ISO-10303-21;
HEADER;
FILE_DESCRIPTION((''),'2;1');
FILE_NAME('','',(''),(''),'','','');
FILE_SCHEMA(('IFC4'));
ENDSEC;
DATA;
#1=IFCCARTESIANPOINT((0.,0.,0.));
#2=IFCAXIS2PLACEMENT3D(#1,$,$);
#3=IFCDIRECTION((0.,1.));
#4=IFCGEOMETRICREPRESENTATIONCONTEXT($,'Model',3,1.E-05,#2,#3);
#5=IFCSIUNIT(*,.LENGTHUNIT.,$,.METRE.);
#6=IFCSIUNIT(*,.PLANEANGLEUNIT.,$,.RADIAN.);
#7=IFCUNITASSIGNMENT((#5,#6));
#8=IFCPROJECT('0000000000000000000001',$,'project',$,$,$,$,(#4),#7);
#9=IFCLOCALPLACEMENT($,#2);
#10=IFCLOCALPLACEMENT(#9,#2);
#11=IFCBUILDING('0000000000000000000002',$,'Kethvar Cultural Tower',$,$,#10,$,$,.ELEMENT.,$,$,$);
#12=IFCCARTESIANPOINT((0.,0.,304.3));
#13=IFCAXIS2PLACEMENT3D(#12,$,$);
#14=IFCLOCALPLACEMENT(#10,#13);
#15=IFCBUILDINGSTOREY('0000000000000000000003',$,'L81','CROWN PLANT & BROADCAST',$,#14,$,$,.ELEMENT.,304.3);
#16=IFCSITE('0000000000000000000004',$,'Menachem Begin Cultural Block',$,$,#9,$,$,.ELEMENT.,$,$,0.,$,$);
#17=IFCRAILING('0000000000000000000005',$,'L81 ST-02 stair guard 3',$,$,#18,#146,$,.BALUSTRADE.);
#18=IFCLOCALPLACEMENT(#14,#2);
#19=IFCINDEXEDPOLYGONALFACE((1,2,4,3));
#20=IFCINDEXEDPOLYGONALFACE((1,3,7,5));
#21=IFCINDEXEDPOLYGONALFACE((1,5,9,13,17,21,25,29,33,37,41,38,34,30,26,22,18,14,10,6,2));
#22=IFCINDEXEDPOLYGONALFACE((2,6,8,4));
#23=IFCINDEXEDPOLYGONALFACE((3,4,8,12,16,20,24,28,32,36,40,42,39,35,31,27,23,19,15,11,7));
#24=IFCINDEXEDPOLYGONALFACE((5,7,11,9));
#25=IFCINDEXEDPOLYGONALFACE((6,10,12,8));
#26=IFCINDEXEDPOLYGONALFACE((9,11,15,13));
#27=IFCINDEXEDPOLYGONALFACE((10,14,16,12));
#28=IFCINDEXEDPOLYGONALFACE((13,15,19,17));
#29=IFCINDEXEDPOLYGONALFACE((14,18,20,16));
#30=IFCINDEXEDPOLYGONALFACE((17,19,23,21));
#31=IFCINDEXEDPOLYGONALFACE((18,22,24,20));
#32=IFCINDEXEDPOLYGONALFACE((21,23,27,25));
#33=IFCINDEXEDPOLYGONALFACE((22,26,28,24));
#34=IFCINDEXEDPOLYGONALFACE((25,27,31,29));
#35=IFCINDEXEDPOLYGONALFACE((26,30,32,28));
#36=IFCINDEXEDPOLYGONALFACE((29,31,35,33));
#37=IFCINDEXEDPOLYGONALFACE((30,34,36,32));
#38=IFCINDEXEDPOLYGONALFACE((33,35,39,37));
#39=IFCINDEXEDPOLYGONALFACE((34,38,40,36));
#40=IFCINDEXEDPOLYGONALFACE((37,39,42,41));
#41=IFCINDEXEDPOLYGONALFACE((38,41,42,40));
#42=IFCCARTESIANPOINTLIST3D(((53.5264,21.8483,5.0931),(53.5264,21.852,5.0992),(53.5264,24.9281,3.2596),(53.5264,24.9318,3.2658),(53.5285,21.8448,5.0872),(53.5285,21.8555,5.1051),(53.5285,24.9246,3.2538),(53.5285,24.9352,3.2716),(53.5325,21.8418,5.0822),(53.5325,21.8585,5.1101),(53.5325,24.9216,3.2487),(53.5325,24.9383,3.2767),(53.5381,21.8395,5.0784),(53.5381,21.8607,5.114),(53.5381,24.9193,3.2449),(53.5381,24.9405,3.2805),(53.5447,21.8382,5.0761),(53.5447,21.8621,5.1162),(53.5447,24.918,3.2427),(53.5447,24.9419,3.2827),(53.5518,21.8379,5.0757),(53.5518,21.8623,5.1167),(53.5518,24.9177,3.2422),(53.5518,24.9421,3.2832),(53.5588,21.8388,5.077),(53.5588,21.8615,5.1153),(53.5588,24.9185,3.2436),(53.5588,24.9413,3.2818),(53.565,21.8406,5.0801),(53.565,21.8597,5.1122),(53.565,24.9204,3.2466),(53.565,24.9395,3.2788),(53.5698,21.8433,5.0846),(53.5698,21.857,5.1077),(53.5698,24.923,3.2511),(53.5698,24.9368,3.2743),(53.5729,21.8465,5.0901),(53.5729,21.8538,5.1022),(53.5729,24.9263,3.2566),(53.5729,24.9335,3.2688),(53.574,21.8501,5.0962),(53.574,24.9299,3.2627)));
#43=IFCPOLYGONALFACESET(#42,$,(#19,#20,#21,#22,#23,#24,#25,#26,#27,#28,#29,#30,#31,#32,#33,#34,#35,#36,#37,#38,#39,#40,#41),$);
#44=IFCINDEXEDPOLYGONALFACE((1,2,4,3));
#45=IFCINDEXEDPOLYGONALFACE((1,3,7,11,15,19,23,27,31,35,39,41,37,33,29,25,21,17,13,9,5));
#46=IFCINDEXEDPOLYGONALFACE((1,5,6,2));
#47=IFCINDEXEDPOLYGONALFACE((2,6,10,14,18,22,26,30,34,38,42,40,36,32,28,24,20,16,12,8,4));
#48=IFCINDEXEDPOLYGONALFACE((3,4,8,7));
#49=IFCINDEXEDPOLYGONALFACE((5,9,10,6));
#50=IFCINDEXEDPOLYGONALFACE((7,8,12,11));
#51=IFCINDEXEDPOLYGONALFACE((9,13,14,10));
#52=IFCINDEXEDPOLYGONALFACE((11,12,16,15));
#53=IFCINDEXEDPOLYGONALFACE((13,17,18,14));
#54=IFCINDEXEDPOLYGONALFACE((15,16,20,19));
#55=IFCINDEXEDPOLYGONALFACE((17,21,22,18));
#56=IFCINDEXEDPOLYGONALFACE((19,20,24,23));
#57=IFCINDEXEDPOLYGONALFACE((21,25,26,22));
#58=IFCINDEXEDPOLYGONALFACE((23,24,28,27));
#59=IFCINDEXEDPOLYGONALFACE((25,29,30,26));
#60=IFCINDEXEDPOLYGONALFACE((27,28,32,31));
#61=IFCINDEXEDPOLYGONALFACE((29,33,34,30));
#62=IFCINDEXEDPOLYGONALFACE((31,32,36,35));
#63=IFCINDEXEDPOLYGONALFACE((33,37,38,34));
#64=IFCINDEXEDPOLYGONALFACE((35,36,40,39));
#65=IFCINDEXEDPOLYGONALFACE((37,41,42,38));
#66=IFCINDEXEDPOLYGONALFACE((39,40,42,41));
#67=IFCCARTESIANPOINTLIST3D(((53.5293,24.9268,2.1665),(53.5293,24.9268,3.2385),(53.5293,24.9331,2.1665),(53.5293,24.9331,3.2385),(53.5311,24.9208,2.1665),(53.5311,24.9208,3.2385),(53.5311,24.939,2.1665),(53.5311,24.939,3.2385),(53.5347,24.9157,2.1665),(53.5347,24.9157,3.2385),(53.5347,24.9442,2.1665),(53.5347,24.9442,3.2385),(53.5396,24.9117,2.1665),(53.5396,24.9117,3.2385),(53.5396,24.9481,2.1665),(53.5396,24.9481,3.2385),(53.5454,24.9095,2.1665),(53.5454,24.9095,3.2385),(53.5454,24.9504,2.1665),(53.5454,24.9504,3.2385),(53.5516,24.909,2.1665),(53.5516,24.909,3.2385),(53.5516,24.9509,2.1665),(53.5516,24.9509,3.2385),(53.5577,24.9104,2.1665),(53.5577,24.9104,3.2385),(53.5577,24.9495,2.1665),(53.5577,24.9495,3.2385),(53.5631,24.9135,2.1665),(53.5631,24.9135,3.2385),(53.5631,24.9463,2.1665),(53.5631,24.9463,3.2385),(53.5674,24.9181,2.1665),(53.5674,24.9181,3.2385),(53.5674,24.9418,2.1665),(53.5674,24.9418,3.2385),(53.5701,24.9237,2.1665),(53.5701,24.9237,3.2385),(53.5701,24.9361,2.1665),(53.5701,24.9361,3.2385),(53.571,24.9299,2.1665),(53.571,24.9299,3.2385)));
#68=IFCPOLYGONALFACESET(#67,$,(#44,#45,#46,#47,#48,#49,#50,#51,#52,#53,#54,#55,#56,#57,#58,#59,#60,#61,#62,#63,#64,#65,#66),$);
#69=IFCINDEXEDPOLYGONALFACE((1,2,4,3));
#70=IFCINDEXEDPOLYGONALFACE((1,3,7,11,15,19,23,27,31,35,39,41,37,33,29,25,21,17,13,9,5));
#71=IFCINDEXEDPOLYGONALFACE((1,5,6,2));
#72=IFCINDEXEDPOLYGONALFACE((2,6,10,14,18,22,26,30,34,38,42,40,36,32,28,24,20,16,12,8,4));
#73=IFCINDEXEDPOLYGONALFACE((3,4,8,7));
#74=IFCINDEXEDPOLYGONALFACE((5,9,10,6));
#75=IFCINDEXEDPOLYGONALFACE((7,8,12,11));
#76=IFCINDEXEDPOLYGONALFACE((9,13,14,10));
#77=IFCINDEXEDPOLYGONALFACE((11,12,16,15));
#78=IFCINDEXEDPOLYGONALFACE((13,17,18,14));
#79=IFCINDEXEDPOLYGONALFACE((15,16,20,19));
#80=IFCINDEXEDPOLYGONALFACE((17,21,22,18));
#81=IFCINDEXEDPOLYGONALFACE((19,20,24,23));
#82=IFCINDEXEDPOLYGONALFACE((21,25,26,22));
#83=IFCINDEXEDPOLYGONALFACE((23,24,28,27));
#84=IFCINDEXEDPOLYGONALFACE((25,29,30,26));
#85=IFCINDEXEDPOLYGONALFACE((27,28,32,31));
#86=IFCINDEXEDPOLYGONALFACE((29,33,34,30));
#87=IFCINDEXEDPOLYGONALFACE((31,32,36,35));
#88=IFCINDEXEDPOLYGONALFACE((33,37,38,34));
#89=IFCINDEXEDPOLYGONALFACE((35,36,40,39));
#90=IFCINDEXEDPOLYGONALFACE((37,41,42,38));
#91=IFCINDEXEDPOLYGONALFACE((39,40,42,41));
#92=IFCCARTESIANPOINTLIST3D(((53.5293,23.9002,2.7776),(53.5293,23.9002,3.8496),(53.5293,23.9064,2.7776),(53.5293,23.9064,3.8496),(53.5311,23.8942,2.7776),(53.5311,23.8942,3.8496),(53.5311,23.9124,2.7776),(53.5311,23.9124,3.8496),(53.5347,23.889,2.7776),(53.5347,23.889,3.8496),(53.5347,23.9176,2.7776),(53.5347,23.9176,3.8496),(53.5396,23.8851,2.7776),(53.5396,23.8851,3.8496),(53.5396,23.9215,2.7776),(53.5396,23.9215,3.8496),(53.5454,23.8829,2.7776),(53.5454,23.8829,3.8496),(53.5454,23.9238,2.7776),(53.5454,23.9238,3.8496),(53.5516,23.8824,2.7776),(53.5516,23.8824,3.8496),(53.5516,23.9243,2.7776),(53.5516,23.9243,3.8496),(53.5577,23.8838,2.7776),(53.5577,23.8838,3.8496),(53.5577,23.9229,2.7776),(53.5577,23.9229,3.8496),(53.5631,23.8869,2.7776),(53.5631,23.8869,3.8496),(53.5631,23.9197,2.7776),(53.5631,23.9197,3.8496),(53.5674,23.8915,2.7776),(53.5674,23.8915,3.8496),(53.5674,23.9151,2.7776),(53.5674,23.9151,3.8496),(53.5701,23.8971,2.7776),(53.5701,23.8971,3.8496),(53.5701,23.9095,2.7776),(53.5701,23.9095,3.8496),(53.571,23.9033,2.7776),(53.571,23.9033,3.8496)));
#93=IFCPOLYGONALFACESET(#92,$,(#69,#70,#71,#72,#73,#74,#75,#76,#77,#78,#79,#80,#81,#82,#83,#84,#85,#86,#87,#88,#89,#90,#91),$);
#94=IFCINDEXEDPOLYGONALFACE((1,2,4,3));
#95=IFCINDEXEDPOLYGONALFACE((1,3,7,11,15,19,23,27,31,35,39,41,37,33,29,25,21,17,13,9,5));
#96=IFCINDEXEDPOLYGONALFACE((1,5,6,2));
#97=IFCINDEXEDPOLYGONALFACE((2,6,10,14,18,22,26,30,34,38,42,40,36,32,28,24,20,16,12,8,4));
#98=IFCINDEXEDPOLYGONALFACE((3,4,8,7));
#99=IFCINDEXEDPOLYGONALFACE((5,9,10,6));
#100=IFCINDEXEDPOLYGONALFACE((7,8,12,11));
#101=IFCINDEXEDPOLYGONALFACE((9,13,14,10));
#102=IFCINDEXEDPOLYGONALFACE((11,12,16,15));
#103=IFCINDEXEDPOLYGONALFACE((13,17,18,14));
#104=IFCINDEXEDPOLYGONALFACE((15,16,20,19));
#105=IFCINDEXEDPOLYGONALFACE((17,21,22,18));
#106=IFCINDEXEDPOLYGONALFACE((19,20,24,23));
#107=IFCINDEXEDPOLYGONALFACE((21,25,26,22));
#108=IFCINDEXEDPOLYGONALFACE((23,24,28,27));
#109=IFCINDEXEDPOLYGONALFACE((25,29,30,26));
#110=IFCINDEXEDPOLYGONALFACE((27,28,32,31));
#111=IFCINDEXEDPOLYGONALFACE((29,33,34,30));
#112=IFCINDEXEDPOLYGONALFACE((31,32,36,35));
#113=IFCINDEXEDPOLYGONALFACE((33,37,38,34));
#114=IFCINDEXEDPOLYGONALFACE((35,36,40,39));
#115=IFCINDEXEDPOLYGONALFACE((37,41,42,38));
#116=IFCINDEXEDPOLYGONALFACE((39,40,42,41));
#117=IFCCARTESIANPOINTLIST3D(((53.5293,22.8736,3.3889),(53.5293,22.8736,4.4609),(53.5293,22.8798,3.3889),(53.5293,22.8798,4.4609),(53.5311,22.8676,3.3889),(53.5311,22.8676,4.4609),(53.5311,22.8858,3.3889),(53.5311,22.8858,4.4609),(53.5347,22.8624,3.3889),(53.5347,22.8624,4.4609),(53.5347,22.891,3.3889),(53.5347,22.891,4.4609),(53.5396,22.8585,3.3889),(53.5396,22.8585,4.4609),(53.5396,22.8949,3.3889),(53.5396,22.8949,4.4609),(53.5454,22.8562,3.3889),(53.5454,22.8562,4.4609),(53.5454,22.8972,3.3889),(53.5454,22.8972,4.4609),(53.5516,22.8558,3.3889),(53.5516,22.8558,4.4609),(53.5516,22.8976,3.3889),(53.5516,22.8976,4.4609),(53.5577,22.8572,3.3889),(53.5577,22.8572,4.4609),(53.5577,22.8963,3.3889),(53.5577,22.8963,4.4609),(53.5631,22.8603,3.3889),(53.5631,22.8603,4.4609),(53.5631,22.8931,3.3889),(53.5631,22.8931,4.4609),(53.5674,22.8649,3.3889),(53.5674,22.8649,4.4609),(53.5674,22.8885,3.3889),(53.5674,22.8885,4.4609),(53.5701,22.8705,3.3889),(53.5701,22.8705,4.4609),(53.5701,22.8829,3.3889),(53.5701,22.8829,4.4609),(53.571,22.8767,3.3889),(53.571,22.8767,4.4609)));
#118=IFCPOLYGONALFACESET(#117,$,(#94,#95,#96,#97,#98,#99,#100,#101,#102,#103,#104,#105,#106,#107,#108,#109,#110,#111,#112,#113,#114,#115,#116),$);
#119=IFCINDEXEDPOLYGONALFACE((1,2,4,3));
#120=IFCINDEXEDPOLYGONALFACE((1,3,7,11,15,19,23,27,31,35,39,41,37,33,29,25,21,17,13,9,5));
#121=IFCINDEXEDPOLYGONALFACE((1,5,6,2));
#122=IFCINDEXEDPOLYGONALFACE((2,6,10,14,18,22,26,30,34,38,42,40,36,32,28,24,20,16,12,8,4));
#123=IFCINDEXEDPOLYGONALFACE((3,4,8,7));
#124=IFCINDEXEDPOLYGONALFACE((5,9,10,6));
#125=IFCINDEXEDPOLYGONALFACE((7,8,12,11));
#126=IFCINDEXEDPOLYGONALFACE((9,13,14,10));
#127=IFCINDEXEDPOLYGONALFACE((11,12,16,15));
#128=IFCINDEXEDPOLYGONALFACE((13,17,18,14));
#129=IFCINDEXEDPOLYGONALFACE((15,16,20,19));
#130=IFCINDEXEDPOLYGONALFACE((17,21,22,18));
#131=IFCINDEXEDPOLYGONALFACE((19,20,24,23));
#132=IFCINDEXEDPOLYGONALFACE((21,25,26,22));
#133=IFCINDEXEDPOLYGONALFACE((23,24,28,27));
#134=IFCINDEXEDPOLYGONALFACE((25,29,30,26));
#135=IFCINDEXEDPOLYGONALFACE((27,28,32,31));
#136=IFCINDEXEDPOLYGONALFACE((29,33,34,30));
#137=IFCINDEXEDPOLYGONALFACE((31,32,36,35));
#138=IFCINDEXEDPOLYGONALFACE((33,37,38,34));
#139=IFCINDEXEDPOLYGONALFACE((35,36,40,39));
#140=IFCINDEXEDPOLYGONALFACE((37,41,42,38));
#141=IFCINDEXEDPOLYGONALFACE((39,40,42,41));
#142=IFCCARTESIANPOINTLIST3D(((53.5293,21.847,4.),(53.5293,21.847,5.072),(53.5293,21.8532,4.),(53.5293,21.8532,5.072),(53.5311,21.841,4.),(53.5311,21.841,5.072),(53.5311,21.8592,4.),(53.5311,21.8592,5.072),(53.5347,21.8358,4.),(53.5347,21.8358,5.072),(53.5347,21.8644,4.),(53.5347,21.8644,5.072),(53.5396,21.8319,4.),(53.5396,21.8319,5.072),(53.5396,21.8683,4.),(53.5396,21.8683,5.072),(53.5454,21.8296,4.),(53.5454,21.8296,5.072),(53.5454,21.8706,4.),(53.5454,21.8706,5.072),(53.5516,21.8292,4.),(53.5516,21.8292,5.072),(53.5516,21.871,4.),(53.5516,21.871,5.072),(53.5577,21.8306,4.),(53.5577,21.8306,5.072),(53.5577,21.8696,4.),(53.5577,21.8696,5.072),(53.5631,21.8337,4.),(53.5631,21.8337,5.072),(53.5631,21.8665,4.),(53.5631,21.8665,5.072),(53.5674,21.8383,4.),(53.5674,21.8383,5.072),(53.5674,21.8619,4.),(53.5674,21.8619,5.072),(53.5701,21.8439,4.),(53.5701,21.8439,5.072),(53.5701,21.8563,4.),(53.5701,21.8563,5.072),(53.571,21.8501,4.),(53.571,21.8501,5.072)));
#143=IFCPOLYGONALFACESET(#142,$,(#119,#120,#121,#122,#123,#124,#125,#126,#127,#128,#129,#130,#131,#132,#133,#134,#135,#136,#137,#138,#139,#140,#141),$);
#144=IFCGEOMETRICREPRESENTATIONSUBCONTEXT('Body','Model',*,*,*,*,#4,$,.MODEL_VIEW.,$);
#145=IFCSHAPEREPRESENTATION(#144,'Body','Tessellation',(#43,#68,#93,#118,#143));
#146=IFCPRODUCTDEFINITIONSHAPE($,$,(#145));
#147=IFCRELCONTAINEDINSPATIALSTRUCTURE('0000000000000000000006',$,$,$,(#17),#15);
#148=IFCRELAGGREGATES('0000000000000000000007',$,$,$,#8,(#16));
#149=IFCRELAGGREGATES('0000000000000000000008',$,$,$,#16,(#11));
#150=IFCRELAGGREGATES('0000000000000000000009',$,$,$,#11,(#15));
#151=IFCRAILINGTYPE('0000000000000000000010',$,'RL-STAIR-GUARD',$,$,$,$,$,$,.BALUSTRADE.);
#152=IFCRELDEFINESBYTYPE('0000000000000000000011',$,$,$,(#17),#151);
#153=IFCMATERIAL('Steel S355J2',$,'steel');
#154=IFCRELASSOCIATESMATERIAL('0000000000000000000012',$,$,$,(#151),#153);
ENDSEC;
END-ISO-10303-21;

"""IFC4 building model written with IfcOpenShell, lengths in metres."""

from ifc_helpers import new_model, si_unit, direction, frame, origin, origin_2d, place, context, subcontext, project, spatial, circle, extrude, material, type_object, element, save


model = new_model("IFC4")

# Units and contexts
model_context = context("Model", 3, precision=1e-05, world=origin(), true_north=direction((0.0, 1.0)))
body_context = subcontext(model_context, "Body", "Model", "MODEL_VIEW")
ifc_project = project(units=[si_unit("LENGTHUNIT", "METRE"), si_unit("PLANEANGLEUNIT", "RADIAN")], contexts=[model_context])

# Site, building, storey
site_placement = place(None, origin())
site = spatial("IfcSite", under=ifc_project, at=site_placement, Name="Menachem Begin Cultural Block", CompositionType="ELEMENT", RefElevation=0.0)
building_placement = place(site_placement, origin())
building = spatial("IfcBuilding", under=site, at=building_placement, Name="Kethvar Cultural Tower", CompositionType="ELEMENT")
storey_placement = place(building_placement, frame((0.0, 0.0, 304.3)))
storey = spatial("IfcBuildingStorey", under=building, at=storey_placement, Name="L81", Description="CROWN PLANT & BROADCAST", CompositionType="ELEMENT", Elevation=304.3)

# Shared definitions
ifc_material_1 = material(Name="Steel S355J2", Category="steel")

# Railing
railing_type_1 = type_object("IfcRailingType", Name="RL-STAIR-GUARD", PredefinedType="BALUSTRADE", material=ifc_material_1)
railing_1_placement = place(storey_placement, frame((53.55, 24.9299, 2.1665)))
element("IfcRailing", 1, at=railing_1_placement, inside=storey, type_object=railing_type_1, Name="L81 ST-02 stair guard 3", PredefinedType="BALUSTRADE", context=body_context, shape_type="SweptSolid", body=[
    extrude(circle(Radius=0.0239, at=origin_2d()), frame((0.0, 0.0, 1.0962), z_axis=(0.0, -0.859261, 0.511538), x_axis=(1.0, 0.0, 0.0)), (0.0, 0.0, 1.0), 3.5842),
    extrude(circle(Radius=0.021, at=origin_2d()), origin(), (0.0, 0.0, 1.0), 1.072),
    extrude(circle(Radius=0.021, at=origin_2d()), frame((0.0, -1.0266, 0.6111)), (0.0, 0.0, 1.0), 1.072),
    extrude(circle(Radius=0.021, at=origin_2d()), frame((0.0, -2.0532, 1.2224)), (0.0, 0.0, 1.0), 1.072),
    extrude(circle(Radius=0.021, at=origin_2d()), frame((0.0, -3.0798, 1.8335)), (0.0, 0.0, 1.0), 1.072),
])

save(model, "model.ifc")
